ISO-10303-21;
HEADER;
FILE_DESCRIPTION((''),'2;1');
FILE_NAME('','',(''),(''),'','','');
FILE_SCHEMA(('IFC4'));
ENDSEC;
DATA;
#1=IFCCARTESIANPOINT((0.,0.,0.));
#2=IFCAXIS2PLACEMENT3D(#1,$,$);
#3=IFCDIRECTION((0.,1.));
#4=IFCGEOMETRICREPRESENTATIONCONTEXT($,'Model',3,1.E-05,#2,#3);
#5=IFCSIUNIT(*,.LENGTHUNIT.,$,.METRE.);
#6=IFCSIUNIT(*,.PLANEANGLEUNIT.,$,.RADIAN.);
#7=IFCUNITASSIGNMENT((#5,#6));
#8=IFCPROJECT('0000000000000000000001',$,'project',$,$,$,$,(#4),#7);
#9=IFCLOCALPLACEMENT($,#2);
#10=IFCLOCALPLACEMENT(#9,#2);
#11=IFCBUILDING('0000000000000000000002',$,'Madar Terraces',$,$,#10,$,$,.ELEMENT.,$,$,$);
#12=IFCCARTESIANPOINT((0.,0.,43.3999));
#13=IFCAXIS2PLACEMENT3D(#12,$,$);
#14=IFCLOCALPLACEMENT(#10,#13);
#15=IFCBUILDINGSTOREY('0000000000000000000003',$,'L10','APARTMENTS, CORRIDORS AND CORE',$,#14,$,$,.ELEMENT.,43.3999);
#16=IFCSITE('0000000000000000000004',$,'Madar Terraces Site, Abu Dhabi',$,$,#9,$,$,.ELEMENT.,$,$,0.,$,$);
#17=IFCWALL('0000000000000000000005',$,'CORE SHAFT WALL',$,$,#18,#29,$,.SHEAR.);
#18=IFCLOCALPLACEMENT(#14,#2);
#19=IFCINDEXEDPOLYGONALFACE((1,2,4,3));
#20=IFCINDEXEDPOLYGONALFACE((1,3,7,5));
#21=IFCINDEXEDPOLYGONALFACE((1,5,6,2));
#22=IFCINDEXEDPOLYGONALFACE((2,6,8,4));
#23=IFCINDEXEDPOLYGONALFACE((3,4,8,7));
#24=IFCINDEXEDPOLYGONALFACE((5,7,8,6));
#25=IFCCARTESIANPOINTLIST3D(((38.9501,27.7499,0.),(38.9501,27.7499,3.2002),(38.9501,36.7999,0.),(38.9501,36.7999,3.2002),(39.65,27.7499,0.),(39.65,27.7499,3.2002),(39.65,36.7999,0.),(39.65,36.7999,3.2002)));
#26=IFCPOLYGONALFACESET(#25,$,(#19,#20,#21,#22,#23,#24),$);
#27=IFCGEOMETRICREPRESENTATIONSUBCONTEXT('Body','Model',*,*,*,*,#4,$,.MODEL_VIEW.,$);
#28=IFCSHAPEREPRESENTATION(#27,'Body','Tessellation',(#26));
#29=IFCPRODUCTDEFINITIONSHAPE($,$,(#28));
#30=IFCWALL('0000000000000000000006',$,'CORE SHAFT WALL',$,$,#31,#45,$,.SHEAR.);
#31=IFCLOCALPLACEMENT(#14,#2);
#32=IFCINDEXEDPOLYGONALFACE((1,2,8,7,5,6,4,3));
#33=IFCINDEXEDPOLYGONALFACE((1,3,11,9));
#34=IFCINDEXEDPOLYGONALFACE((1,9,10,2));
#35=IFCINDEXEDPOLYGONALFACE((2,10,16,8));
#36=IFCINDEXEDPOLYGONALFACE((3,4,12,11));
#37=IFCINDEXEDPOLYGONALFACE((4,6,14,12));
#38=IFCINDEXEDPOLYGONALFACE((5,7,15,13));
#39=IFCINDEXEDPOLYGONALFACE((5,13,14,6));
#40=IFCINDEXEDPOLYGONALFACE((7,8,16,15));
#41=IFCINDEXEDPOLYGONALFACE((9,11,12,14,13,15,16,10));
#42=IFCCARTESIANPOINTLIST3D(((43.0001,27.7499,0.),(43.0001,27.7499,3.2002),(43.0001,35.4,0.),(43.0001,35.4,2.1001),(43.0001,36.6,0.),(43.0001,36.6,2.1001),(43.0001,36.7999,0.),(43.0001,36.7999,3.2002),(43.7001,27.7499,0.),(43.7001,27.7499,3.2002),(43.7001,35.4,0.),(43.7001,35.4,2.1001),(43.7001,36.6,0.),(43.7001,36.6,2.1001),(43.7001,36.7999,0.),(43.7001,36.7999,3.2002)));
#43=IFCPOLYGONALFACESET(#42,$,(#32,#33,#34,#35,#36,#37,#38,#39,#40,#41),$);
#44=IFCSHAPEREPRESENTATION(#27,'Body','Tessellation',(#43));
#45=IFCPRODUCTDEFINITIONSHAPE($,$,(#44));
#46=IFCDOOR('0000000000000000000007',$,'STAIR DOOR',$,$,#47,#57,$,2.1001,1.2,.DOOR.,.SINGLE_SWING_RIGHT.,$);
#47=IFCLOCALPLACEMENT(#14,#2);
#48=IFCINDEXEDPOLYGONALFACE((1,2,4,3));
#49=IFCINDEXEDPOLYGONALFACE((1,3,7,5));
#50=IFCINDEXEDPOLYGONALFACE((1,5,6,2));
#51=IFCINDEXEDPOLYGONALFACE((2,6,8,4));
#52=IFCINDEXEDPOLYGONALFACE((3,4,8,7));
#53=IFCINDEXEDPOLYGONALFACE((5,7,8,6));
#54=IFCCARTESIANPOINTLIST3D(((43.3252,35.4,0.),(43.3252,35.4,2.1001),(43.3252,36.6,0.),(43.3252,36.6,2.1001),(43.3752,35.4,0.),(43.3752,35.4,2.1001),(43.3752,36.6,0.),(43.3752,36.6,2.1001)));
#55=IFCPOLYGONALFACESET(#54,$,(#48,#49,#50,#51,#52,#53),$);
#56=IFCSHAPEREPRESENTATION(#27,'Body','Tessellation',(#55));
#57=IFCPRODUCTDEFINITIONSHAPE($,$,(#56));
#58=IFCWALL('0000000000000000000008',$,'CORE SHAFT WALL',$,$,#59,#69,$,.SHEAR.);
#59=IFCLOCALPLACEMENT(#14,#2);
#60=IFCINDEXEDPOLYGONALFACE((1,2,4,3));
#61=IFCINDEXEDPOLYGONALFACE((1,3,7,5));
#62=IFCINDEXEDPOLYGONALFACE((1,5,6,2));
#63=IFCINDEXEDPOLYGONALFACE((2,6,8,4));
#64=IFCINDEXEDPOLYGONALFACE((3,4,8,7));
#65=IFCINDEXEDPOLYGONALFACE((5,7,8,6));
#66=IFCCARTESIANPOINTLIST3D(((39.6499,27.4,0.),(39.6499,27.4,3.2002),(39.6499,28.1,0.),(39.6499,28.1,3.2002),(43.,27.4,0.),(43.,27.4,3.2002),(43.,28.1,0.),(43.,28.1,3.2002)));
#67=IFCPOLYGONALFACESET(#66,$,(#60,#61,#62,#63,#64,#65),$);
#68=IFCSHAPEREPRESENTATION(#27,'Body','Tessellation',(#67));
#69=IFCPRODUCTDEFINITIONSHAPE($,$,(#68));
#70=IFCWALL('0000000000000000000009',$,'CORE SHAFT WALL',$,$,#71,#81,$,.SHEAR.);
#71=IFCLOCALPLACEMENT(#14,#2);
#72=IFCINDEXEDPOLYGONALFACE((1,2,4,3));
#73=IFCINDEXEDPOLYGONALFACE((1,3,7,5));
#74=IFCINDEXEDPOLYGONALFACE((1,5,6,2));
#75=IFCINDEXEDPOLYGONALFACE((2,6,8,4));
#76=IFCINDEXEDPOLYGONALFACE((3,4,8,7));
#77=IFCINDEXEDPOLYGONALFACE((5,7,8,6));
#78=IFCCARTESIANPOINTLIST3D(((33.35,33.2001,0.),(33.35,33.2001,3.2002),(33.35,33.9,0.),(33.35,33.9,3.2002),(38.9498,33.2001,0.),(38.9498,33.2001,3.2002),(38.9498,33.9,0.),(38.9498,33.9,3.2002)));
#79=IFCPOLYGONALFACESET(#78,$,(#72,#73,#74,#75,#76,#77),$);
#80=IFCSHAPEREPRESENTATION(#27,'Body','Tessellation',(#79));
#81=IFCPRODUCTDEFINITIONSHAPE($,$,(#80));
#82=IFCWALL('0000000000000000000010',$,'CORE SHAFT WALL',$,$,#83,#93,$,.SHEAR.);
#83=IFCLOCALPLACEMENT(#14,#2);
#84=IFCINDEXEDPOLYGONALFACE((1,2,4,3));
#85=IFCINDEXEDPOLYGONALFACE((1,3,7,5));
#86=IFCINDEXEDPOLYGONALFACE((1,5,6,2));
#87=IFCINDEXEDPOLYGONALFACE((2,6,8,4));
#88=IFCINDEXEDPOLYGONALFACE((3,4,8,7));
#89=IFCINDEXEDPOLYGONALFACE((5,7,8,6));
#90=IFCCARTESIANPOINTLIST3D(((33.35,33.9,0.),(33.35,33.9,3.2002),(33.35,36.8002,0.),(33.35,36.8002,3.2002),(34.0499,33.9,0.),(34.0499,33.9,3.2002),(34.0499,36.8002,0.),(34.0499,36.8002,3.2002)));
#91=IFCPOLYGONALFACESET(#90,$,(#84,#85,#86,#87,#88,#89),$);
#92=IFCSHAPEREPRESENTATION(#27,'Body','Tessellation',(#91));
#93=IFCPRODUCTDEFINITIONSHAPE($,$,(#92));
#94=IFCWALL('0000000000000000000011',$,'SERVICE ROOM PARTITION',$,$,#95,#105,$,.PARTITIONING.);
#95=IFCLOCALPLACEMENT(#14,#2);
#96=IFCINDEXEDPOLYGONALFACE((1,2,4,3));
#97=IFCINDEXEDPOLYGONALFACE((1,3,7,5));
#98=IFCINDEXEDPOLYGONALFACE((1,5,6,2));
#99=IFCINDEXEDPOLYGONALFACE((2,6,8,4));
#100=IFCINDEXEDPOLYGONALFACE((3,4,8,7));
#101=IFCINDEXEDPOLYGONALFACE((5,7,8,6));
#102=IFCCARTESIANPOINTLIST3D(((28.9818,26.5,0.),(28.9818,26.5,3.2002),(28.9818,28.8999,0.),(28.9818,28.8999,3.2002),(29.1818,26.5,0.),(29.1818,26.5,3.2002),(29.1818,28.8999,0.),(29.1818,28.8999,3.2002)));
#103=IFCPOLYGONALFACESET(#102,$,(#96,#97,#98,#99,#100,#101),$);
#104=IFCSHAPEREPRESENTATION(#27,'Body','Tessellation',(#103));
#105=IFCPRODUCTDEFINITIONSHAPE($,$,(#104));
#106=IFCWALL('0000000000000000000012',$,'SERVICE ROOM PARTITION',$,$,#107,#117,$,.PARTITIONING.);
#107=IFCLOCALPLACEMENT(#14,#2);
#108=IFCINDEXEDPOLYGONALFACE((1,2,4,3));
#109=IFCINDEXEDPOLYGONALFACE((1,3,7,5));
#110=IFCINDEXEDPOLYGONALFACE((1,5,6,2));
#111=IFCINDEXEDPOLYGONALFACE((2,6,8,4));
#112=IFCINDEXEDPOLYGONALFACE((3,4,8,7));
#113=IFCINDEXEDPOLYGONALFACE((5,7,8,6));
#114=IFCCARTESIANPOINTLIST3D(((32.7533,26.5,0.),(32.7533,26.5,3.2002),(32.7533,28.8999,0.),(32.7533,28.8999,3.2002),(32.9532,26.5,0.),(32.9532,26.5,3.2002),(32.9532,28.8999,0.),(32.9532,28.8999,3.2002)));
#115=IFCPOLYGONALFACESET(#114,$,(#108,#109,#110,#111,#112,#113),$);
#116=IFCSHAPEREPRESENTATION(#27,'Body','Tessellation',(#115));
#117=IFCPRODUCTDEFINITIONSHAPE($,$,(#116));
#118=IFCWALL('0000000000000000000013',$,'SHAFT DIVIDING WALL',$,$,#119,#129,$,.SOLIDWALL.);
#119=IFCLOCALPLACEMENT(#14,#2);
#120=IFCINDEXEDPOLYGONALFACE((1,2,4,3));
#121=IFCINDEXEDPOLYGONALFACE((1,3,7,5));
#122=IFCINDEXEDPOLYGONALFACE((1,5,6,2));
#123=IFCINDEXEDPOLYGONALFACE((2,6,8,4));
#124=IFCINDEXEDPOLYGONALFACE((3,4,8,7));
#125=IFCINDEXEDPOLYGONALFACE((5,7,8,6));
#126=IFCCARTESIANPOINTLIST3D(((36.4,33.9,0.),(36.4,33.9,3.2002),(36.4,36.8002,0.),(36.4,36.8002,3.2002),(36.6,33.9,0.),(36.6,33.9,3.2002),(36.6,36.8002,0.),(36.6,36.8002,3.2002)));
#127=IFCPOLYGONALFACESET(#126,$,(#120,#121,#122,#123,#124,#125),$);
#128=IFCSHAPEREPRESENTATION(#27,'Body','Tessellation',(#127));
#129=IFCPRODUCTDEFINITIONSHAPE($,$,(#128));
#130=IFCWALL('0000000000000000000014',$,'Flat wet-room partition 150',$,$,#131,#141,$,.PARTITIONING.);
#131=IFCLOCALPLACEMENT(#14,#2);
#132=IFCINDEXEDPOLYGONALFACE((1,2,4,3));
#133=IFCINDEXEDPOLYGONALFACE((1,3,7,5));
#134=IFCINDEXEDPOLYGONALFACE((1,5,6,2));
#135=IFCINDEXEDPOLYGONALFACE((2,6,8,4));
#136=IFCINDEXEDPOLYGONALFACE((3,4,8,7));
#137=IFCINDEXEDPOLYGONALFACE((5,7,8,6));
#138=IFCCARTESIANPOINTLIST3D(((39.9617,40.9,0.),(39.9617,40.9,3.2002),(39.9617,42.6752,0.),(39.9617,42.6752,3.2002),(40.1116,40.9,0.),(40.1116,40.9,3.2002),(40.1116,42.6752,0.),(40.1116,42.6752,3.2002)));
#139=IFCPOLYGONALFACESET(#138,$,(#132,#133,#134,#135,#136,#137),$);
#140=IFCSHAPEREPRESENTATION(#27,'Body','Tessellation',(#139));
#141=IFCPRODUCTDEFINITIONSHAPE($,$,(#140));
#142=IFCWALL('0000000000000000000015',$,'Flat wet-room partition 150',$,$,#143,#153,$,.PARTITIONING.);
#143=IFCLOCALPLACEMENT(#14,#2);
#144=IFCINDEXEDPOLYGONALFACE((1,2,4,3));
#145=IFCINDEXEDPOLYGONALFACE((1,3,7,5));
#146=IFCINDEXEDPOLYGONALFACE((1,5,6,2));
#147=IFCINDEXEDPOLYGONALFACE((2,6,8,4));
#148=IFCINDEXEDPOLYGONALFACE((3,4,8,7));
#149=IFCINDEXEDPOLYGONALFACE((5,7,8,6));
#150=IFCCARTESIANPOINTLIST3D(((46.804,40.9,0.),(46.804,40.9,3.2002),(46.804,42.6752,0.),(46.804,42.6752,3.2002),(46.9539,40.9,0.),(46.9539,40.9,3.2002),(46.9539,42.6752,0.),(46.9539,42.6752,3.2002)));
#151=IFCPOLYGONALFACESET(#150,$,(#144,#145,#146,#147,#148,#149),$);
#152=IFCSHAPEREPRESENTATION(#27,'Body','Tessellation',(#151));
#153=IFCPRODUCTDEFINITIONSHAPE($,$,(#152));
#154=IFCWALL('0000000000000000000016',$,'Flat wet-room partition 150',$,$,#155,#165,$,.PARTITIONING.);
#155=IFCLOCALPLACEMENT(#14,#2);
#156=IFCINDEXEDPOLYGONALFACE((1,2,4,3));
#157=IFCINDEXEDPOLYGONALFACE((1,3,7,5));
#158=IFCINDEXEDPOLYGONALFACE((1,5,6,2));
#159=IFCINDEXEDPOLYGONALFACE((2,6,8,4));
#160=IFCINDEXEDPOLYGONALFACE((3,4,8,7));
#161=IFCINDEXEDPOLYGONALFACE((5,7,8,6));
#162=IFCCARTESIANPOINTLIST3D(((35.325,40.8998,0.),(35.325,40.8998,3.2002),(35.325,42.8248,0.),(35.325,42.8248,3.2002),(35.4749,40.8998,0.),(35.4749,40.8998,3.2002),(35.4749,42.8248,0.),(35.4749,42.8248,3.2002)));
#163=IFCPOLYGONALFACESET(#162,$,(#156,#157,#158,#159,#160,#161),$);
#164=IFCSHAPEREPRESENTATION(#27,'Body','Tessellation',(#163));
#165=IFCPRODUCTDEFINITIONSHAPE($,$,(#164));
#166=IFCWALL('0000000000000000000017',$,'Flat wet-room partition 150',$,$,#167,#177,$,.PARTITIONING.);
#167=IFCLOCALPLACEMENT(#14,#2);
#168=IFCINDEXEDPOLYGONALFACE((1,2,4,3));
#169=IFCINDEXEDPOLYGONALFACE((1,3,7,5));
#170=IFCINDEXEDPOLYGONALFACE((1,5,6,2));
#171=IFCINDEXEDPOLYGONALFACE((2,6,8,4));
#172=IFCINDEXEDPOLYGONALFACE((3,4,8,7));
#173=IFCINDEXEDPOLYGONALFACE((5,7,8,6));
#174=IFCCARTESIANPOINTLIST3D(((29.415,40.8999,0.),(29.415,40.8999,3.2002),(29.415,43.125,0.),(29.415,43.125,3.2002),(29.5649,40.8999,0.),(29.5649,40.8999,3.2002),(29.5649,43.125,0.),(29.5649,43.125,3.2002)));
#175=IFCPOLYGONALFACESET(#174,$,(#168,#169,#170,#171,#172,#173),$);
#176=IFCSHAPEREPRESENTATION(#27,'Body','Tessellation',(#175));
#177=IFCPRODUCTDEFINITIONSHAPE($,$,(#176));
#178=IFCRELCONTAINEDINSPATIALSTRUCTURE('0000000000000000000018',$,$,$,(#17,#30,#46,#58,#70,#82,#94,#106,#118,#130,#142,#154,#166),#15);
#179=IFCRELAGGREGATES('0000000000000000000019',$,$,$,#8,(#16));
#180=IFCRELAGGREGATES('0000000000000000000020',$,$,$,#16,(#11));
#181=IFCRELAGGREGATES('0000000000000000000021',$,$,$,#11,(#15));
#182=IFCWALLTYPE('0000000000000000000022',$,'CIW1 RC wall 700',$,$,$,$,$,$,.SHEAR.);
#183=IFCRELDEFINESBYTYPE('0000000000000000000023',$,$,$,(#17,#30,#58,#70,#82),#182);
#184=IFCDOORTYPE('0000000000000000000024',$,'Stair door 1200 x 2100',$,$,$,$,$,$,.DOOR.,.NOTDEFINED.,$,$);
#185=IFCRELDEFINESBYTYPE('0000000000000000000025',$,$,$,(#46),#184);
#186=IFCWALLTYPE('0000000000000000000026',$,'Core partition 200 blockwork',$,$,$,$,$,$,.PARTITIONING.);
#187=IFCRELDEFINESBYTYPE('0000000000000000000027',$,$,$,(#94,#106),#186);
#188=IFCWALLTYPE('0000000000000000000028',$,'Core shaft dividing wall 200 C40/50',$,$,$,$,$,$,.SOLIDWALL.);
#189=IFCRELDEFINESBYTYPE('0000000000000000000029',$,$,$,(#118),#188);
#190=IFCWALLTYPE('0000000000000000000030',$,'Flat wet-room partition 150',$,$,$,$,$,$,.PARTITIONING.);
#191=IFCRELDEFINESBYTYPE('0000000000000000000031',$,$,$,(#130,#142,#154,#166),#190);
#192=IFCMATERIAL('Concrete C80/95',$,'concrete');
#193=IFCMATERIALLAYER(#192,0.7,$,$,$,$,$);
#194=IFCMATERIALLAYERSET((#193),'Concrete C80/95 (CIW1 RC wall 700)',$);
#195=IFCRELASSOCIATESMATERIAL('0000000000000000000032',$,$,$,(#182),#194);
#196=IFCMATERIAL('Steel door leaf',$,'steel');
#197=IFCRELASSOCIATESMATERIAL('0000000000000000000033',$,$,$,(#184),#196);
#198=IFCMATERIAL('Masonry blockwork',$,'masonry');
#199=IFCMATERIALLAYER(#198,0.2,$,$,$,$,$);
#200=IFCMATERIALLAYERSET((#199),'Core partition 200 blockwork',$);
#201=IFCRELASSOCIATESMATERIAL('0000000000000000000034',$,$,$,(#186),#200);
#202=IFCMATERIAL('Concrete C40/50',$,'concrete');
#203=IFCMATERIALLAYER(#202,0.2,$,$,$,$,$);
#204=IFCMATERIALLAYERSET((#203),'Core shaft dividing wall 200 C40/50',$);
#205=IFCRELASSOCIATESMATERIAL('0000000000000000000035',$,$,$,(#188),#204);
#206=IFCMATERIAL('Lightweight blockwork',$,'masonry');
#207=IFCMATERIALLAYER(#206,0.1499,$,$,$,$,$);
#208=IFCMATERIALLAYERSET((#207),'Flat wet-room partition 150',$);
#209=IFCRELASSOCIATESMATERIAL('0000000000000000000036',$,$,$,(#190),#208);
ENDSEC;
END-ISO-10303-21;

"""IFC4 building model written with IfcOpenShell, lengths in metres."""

from ifc_helpers import new_model, si_unit, direction, frame, frame_2d, origin, place, context, subcontext, project, spatial, rectangle, extrude, material, layer, layer_set, type_object, element, fill, save


model = new_model("IFC4")

# Units and contexts
model_context = context("Model", 3, precision=1e-05, world=origin(), true_north=direction((0.0, 1.0)))
body_context = subcontext(model_context, "Body", "Model", "MODEL_VIEW")
ifc_project = project(units=[si_unit("LENGTHUNIT", "METRE"), si_unit("PLANEANGLEUNIT", "RADIAN")], contexts=[model_context])

# Site, building, storey
site_placement = place(None, origin())
site = spatial("IfcSite", under=ifc_project, at=site_placement, Name="Madar Terraces Site, Abu Dhabi", CompositionType="ELEMENT", RefElevation=0.0)
building_placement = place(site_placement, origin())
building = spatial("IfcBuilding", under=site, at=building_placement, Name="Madar Terraces", CompositionType="ELEMENT")
storey_placement = place(building_placement, frame((0.0, 0.0, 43.3999)))
storey = spatial("IfcBuildingStorey", under=building, at=storey_placement, Name="L10", Description="APARTMENTS, CORRIDORS AND CORE", CompositionType="ELEMENT", Elevation=43.3999)

# Wall
ifc_material_1 = material(Name="Concrete C80/95", Category="concrete")
ifc_layer_1 = layer(ifc_material_1, 0.7)
ifc_layer_set_1 = layer_set([ifc_layer_1], Name="Concrete C80/95 (CIW1 RC wall 700)")
wall_type_1 = type_object("IfcWallType", Name="CIW1 RC wall 700", PredefinedType="SHEAR", material=ifc_layer_set_1)
wall_1_placement = place(storey_placement, frame((39.3, 27.75, 0.0), z_axis=(0.0, 0.0, 1.0), x_axis=(0.0, 1.0, 0.0)))
element("IfcWall", 1, at=wall_1_placement, inside=storey, type_object=wall_type_1, Name="CORE SHAFT WALL", PredefinedType="SHEAR", context=body_context, shape_type="SweptSolid", body=[
    extrude(rectangle(XDim=9.05, YDim=0.7, at=frame_2d((4.5249, 0.0))), origin(), (0.0, 0.0, 1.0), 3.2002),
])

# Wall, opening, door
wall_2_placement = place(storey_placement, frame((43.3501, 27.75, 0.0), z_axis=(0.0, 0.0, 1.0), x_axis=(0.0, 1.0, 0.0)))
wall_2 = element("IfcWall", 2, at=wall_2_placement, inside=storey, type_object=wall_type_1, Name="CORE SHAFT WALL", PredefinedType="SHEAR", context=body_context, shape_type="SweptSolid", body=[
    extrude(rectangle(XDim=9.05, YDim=0.7, at=frame_2d((4.5249, 0.0))), origin(), (0.0, 0.0, 1.0), 3.2002),
])
opening_1_placement = place(wall_2_placement, frame((7.6499, 0.0, 0.0)))
opening_1 = element("IfcOpeningElement", 3, at=opening_1_placement, cuts=wall_2, PredefinedType="OPENING", context=body_context, shape_type="SweptSolid", body=[
    extrude(rectangle(XDim=1.2, YDim=2.1001, at=frame_2d((0.6001, 1.05))), frame((0.0, 0.3599, 0.0), z_axis=(0.0, -1.0, 0.0), x_axis=(1.0, 0.0, 0.0)), (0.0, 0.0, 1.0), 0.72),
])
ifc_material_2 = material(Name="Steel door leaf", Category="steel")
door_type_1 = type_object("IfcDoorType", Name="Stair door 1200 x 2100", OperationType="NOTDEFINED", PredefinedType="DOOR", material=ifc_material_2)
door_1_placement = place(opening_1_placement, origin())
door_1 = element("IfcDoor", 4, at=door_1_placement, inside=storey, type_object=door_type_1, Name="STAIR DOOR", OperationType="SINGLE_SWING_RIGHT", OverallHeight=2.1001, OverallWidth=1.2, PredefinedType="DOOR", context=body_context, shape_type="SweptSolid", body=[
    extrude(rectangle(XDim=1.2, YDim=2.1001, at=frame_2d((0.6001, 1.05))), frame((0.0, 0.0249, 0.0), z_axis=(0.0, -1.0, 0.0), x_axis=(1.0, 0.0, 0.0)), (0.0, 0.0, 1.0), 0.05),
])
fill(opening_1, door_1)

# Walls
wall_3_placement = place(storey_placement, frame((39.6499, 27.75, 0.0), z_axis=(0.0, 0.0, 1.0), x_axis=(1.0, 0.0, 0.0)))
element("IfcWall", 5, at=wall_3_placement, inside=storey, type_object=wall_type_1, Name="CORE SHAFT WALL", PredefinedType="SHEAR", context=body_context, shape_type="SweptSolid", body=[
    extrude(rectangle(XDim=3.3501, YDim=0.7, at=frame_2d((1.675, 0.0))), origin(), (0.0, 0.0, 1.0), 3.2002),
])
wall_4_placement = place(storey_placement, frame((33.3501, 33.55, 0.0), z_axis=(0.0, 0.0, 1.0), x_axis=(1.0, 0.0, 0.0)))
element("IfcWall", 6, at=wall_4_placement, inside=storey, type_object=wall_type_1, Name="CORE SHAFT WALL", PredefinedType="SHEAR", context=body_context, shape_type="SweptSolid", body=[
    extrude(rectangle(XDim=5.5999, YDim=0.7, at=frame_2d((2.7998, 0.0))), origin(), (0.0, 0.0, 1.0), 3.2002),
])
wall_5_placement = place(storey_placement, frame((33.7, 33.8999, 0.0), z_axis=(0.0, 0.0, 1.0), x_axis=(0.0, 1.0, 0.0)))
element("IfcWall", 7, at=wall_5_placement, inside=storey, type_object=wall_type_1, Name="CORE SHAFT WALL", PredefinedType="SHEAR", context=body_context, shape_type="SweptSolid", body=[
    extrude(rectangle(XDim=2.9001, YDim=0.7, at=frame_2d((1.4502, 0.0))), origin(), (0.0, 0.0, 1.0), 3.2002),
])
ifc_material_3 = material(Name="Masonry blockwork", Category="masonry")
ifc_layer_2 = layer(ifc_material_3, 0.2)
ifc_layer_set_2 = layer_set([ifc_layer_2], Name="Core partition 200 blockwork")
wall_type_2 = type_object("IfcWallType", Name="Core partition 200 blockwork", PredefinedType="PARTITIONING", material=ifc_layer_set_2)
for number, where, z_axis, x_axis, name in (
    (8, (29.0818, 26.5, 0.0), (0.0, 0.0, 1.0), (0.0, 1.0, 0.0), "SERVICE ROOM PARTITION"),
    (9, (32.8533, 26.5, 0.0), (0.0, 0.0, 1.0), (0.0, 1.0, 0.0), "SERVICE ROOM PARTITION"),
):
    element("IfcWall", number, at=place(storey_placement, frame(where, z_axis=z_axis, x_axis=x_axis)), inside=storey, type_object=wall_type_2, Name=name, PredefinedType="PARTITIONING", context=body_context, shape_type="SweptSolid", body=[
        extrude(rectangle(XDim=2.3999, YDim=0.2, at=frame_2d((1.2, 0.0))), origin(), (0.0, 0.0, 1.0), 3.2002),
    ])
ifc_material_4 = material(Name="Concrete C40/50", Category="concrete")
ifc_layer_3 = layer(ifc_material_4, 0.2)
ifc_layer_set_3 = layer_set([ifc_layer_3], Name="Core shaft dividing wall 200 C40/50")
wall_type_3 = type_object("IfcWallType", Name="Core shaft dividing wall 200 C40/50", PredefinedType="SOLIDWALL", material=ifc_layer_set_3)
wall_6_placement = place(storey_placement, frame((36.5, 33.8999, 0.0), z_axis=(0.0, 0.0, 1.0), x_axis=(0.0, 1.0, 0.0)))
element("IfcWall", 10, at=wall_6_placement, inside=storey, type_object=wall_type_3, Name="SHAFT DIVIDING WALL", PredefinedType="SOLIDWALL", context=body_context, shape_type="SweptSolid", body=[
    extrude(rectangle(XDim=2.9001, YDim=0.2, at=frame_2d((1.4502, 0.0))), origin(), (0.0, 0.0, 1.0), 3.2002),
])
ifc_material_5 = material(Name="Lightweight blockwork", Category="masonry")
ifc_layer_4 = layer(ifc_material_5, 0.1499)
ifc_layer_set_4 = layer_set([ifc_layer_4], Name="Flat wet-room partition 150")
wall_type_4 = type_object("IfcWallType", Name="Flat wet-room partition 150", PredefinedType="PARTITIONING", material=ifc_layer_set_4)
for number, where, z_axis, x_axis, name in (
    (11, (40.0366, 40.8999, 0.0), (0.0, 0.0, 1.0), (0.0, 1.0, 0.0), "Flat wet-room partition 150"),
    (12, (46.8789, 40.8999, 0.0), (0.0, 0.0, 1.0), (0.0, 1.0, 0.0), "Flat wet-room partition 150"),
):
    element("IfcWall", number, at=place(storey_placement, frame(where, z_axis=z_axis, x_axis=x_axis)), inside=storey, type_object=wall_type_4, Name=name, PredefinedType="PARTITIONING", context=body_context, shape_type="SweptSolid", body=[
        extrude(rectangle(XDim=1.7751, YDim=0.1499, at=frame_2d((0.8877, 0.0))), origin(), (0.0, 0.0, 1.0), 3.2002),
    ])
wall_7_placement = place(storey_placement, frame((35.3999, 40.8999, 0.0), z_axis=(0.0, 0.0, 1.0), x_axis=(0.0, 1.0, 0.0)))
element("IfcWall", 13, at=wall_7_placement, inside=storey, type_object=wall_type_4, Name="Flat wet-room partition 150", PredefinedType="PARTITIONING", context=body_context, shape_type="SweptSolid", body=[
    extrude(rectangle(XDim=1.925, YDim=0.1499, at=frame_2d((0.9624, 0.0))), origin(), (0.0, 0.0, 1.0), 3.2002),
])
wall_8_placement = place(storey_placement, frame((29.49, 40.8999, 0.0), z_axis=(0.0, 0.0, 1.0), x_axis=(0.0, 1.0, 0.0)))
element("IfcWall", 14, at=wall_8_placement, inside=storey, type_object=wall_type_4, Name="Flat wet-room partition 150", PredefinedType="PARTITIONING", context=body_context, shape_type="SweptSolid", body=[
    extrude(rectangle(XDim=2.2251, YDim=0.1499, at=frame_2d((1.1125, 0.0))), origin(), (0.0, 0.0, 1.0), 3.2002),
])

save(model, "model.ifc")
